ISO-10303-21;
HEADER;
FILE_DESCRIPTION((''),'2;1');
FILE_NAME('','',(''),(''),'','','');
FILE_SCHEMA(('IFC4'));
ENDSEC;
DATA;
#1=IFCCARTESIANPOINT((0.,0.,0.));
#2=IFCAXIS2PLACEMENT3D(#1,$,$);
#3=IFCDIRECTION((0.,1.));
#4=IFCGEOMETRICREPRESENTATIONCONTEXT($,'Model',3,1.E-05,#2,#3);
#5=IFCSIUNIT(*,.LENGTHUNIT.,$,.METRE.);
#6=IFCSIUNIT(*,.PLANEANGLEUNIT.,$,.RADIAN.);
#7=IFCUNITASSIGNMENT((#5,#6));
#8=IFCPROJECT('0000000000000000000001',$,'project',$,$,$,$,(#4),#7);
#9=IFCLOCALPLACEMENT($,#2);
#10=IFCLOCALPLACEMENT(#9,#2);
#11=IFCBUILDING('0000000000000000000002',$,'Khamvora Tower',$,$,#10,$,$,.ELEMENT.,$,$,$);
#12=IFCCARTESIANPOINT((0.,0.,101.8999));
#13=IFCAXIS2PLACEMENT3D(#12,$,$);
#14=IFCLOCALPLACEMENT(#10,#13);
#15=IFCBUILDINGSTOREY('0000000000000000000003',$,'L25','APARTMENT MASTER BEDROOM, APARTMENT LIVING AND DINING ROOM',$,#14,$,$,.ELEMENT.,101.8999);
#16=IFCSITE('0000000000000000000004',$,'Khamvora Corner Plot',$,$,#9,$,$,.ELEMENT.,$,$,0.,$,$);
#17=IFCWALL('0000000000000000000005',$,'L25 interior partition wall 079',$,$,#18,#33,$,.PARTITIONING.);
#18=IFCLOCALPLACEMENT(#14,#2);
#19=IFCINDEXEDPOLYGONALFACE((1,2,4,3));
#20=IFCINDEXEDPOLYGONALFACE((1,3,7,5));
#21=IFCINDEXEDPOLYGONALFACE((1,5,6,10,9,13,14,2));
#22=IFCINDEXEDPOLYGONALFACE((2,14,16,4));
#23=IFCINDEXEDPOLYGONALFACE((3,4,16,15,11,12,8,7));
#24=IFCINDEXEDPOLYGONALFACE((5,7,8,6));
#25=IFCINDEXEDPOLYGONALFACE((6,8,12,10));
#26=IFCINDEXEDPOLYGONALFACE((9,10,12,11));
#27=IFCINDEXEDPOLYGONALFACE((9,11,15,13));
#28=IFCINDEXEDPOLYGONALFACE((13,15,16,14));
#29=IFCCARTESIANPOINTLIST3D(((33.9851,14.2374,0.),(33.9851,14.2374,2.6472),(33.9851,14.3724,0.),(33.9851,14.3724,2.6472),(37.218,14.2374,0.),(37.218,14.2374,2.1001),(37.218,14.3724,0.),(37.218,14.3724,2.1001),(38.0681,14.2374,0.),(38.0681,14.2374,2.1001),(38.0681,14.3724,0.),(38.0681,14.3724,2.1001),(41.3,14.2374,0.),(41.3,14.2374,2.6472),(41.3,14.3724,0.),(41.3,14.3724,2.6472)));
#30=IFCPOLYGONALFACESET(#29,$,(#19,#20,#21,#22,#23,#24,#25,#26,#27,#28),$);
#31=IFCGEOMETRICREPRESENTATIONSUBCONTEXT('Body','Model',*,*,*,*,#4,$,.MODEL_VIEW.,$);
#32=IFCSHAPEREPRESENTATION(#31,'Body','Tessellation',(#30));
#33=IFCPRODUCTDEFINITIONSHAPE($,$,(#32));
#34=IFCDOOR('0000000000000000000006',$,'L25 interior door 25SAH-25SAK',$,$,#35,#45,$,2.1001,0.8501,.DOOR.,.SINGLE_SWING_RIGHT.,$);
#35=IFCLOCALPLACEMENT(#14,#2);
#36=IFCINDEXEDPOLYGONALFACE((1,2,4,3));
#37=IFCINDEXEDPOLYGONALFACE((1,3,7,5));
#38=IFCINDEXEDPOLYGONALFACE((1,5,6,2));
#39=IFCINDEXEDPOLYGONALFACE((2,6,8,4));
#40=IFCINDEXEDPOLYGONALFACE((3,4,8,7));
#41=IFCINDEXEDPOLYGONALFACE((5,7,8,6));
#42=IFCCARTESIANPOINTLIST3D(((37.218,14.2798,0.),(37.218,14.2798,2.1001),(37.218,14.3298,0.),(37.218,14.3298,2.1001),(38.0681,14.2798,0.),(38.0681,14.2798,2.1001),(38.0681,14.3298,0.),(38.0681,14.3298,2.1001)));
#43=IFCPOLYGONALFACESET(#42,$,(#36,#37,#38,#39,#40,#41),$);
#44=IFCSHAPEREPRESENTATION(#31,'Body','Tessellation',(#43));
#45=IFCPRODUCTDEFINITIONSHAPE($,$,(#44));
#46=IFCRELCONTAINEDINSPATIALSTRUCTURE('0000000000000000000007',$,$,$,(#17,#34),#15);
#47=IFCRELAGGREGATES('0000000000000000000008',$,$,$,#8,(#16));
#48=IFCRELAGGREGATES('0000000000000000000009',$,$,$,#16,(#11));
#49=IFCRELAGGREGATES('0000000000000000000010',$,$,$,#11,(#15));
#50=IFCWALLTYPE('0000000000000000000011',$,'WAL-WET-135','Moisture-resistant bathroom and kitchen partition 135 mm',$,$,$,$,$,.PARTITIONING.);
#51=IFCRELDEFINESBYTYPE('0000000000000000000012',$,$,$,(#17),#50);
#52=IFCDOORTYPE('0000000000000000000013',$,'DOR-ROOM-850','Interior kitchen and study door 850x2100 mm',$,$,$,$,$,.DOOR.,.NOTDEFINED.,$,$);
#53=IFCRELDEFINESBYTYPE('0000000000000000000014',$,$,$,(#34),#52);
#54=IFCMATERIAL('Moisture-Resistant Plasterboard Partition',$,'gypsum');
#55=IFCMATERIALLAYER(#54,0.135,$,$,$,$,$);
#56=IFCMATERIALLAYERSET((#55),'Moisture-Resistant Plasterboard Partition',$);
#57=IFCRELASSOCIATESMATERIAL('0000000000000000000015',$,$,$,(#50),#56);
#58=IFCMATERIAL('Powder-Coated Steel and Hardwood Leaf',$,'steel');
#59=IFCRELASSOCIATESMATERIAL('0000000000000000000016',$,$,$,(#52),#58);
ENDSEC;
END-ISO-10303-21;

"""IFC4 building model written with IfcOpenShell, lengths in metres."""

from ifc_helpers import new_model, si_unit, direction, frame, frame_2d, origin, place, context, subcontext, project, spatial, rectangle, extrude, material, layer, layer_set, type_object, element, fill, save


model = new_model("IFC4")

# Units and contexts
model_context = context("Model", 3, precision=1e-05, world=origin(), true_north=direction((0.0, 1.0)))
body_context = subcontext(model_context, "Body", "Model", "MODEL_VIEW")
ifc_project = project(units=[si_unit("LENGTHUNIT", "METRE"), si_unit("PLANEANGLEUNIT", "RADIAN")], contexts=[model_context])

# Site, building, storey
site_placement = place(None, origin())
site = spatial("IfcSite", under=ifc_project, at=site_placement, Name="Khamvora Corner Plot", CompositionType="ELEMENT", RefElevation=0.0)
building_placement = place(site_placement, origin())
building = spatial("IfcBuilding", under=site, at=building_placement, Name="Khamvora Tower", CompositionType="ELEMENT")
storey_placement = place(building_placement, frame((0.0, 0.0, 101.8999)))
storey = spatial("IfcBuildingStorey", under=building, at=storey_placement, Name="L25", Description="APARTMENT MASTER BEDROOM, APARTMENT LIVING AND DINING ROOM", CompositionType="ELEMENT", Elevation=101.8999)

# Shared definitions
ifc_material_1 = material(Name="Powder-Coated Steel and Hardwood Leaf", Category="steel")

# Shared definitions
ifc_material_2 = material(Name="Moisture-Resistant Plasterboard Partition", Category="gypsum")
ifc_layer_1 = layer(ifc_material_2, 0.135)
ifc_layer_set_1 = layer_set([ifc_layer_1], Name="Moisture-Resistant Plasterboard Partition")
wall_type_1 = type_object("IfcWallType", Name="WAL-WET-135", Description="Moisture-resistant bathroom and kitchen partition 135 mm", PredefinedType="PARTITIONING", material=ifc_layer_set_1)

# Wall, opening, door
wall_1_placement = place(storey_placement, frame((33.9851, 14.3049, 0.0), z_axis=(0.0, 0.0, 1.0), x_axis=(1.0, 0.0, 0.0)))
wall_1 = element("IfcWall", 1, at=wall_1_placement, inside=storey, type_object=wall_type_1, Name="L25 interior partition wall 079", PredefinedType="PARTITIONING", context=body_context, shape_type="SweptSolid", body=[
    extrude(rectangle(XDim=7.3149, YDim=0.135, at=frame_2d((3.6575, 0.0))), origin(), (0.0, 0.0, 1.0), 2.6472),
])
opening_1_placement = place(wall_1_placement, frame((3.2329, 0.0, 0.0)))
opening_1 = element("IfcOpeningElement", 2, at=opening_1_placement, cuts=wall_1, PredefinedType="OPENING", context=body_context, shape_type="SweptSolid", body=[
    extrude(rectangle(XDim=0.8501, YDim=2.1001, at=frame_2d((0.425, 1.05))), frame((0.0, 0.0774, 0.0), z_axis=(0.0, -1.0, 0.0), x_axis=(1.0, 0.0, 0.0)), (0.0, 0.0, 1.0), 0.155),
])
door_type_1 = type_object("IfcDoorType", Name="DOR-ROOM-850", Description="Interior kitchen and study door 850x2100 mm", OperationType="NOTDEFINED", PredefinedType="DOOR", material=ifc_material_1)
door_1_placement = place(opening_1_placement, origin())
door_1 = element("IfcDoor", 3, at=door_1_placement, inside=storey, type_object=door_type_1, Name="L25 interior door 25SAH-25SAK", OperationType="SINGLE_SWING_RIGHT", OverallHeight=2.1001, OverallWidth=0.8501, PredefinedType="DOOR", context=body_context, shape_type="SweptSolid", body=[
    extrude(rectangle(XDim=0.8501, YDim=2.1001, at=frame_2d((0.425, 1.05))), frame((0.0, 0.0249, 0.0), z_axis=(0.0, -1.0, 0.0), x_axis=(1.0, 0.0, 0.0)), (0.0, 0.0, 1.0), 0.05),
])
fill(opening_1, door_1)

save(model, "model.ifc")
